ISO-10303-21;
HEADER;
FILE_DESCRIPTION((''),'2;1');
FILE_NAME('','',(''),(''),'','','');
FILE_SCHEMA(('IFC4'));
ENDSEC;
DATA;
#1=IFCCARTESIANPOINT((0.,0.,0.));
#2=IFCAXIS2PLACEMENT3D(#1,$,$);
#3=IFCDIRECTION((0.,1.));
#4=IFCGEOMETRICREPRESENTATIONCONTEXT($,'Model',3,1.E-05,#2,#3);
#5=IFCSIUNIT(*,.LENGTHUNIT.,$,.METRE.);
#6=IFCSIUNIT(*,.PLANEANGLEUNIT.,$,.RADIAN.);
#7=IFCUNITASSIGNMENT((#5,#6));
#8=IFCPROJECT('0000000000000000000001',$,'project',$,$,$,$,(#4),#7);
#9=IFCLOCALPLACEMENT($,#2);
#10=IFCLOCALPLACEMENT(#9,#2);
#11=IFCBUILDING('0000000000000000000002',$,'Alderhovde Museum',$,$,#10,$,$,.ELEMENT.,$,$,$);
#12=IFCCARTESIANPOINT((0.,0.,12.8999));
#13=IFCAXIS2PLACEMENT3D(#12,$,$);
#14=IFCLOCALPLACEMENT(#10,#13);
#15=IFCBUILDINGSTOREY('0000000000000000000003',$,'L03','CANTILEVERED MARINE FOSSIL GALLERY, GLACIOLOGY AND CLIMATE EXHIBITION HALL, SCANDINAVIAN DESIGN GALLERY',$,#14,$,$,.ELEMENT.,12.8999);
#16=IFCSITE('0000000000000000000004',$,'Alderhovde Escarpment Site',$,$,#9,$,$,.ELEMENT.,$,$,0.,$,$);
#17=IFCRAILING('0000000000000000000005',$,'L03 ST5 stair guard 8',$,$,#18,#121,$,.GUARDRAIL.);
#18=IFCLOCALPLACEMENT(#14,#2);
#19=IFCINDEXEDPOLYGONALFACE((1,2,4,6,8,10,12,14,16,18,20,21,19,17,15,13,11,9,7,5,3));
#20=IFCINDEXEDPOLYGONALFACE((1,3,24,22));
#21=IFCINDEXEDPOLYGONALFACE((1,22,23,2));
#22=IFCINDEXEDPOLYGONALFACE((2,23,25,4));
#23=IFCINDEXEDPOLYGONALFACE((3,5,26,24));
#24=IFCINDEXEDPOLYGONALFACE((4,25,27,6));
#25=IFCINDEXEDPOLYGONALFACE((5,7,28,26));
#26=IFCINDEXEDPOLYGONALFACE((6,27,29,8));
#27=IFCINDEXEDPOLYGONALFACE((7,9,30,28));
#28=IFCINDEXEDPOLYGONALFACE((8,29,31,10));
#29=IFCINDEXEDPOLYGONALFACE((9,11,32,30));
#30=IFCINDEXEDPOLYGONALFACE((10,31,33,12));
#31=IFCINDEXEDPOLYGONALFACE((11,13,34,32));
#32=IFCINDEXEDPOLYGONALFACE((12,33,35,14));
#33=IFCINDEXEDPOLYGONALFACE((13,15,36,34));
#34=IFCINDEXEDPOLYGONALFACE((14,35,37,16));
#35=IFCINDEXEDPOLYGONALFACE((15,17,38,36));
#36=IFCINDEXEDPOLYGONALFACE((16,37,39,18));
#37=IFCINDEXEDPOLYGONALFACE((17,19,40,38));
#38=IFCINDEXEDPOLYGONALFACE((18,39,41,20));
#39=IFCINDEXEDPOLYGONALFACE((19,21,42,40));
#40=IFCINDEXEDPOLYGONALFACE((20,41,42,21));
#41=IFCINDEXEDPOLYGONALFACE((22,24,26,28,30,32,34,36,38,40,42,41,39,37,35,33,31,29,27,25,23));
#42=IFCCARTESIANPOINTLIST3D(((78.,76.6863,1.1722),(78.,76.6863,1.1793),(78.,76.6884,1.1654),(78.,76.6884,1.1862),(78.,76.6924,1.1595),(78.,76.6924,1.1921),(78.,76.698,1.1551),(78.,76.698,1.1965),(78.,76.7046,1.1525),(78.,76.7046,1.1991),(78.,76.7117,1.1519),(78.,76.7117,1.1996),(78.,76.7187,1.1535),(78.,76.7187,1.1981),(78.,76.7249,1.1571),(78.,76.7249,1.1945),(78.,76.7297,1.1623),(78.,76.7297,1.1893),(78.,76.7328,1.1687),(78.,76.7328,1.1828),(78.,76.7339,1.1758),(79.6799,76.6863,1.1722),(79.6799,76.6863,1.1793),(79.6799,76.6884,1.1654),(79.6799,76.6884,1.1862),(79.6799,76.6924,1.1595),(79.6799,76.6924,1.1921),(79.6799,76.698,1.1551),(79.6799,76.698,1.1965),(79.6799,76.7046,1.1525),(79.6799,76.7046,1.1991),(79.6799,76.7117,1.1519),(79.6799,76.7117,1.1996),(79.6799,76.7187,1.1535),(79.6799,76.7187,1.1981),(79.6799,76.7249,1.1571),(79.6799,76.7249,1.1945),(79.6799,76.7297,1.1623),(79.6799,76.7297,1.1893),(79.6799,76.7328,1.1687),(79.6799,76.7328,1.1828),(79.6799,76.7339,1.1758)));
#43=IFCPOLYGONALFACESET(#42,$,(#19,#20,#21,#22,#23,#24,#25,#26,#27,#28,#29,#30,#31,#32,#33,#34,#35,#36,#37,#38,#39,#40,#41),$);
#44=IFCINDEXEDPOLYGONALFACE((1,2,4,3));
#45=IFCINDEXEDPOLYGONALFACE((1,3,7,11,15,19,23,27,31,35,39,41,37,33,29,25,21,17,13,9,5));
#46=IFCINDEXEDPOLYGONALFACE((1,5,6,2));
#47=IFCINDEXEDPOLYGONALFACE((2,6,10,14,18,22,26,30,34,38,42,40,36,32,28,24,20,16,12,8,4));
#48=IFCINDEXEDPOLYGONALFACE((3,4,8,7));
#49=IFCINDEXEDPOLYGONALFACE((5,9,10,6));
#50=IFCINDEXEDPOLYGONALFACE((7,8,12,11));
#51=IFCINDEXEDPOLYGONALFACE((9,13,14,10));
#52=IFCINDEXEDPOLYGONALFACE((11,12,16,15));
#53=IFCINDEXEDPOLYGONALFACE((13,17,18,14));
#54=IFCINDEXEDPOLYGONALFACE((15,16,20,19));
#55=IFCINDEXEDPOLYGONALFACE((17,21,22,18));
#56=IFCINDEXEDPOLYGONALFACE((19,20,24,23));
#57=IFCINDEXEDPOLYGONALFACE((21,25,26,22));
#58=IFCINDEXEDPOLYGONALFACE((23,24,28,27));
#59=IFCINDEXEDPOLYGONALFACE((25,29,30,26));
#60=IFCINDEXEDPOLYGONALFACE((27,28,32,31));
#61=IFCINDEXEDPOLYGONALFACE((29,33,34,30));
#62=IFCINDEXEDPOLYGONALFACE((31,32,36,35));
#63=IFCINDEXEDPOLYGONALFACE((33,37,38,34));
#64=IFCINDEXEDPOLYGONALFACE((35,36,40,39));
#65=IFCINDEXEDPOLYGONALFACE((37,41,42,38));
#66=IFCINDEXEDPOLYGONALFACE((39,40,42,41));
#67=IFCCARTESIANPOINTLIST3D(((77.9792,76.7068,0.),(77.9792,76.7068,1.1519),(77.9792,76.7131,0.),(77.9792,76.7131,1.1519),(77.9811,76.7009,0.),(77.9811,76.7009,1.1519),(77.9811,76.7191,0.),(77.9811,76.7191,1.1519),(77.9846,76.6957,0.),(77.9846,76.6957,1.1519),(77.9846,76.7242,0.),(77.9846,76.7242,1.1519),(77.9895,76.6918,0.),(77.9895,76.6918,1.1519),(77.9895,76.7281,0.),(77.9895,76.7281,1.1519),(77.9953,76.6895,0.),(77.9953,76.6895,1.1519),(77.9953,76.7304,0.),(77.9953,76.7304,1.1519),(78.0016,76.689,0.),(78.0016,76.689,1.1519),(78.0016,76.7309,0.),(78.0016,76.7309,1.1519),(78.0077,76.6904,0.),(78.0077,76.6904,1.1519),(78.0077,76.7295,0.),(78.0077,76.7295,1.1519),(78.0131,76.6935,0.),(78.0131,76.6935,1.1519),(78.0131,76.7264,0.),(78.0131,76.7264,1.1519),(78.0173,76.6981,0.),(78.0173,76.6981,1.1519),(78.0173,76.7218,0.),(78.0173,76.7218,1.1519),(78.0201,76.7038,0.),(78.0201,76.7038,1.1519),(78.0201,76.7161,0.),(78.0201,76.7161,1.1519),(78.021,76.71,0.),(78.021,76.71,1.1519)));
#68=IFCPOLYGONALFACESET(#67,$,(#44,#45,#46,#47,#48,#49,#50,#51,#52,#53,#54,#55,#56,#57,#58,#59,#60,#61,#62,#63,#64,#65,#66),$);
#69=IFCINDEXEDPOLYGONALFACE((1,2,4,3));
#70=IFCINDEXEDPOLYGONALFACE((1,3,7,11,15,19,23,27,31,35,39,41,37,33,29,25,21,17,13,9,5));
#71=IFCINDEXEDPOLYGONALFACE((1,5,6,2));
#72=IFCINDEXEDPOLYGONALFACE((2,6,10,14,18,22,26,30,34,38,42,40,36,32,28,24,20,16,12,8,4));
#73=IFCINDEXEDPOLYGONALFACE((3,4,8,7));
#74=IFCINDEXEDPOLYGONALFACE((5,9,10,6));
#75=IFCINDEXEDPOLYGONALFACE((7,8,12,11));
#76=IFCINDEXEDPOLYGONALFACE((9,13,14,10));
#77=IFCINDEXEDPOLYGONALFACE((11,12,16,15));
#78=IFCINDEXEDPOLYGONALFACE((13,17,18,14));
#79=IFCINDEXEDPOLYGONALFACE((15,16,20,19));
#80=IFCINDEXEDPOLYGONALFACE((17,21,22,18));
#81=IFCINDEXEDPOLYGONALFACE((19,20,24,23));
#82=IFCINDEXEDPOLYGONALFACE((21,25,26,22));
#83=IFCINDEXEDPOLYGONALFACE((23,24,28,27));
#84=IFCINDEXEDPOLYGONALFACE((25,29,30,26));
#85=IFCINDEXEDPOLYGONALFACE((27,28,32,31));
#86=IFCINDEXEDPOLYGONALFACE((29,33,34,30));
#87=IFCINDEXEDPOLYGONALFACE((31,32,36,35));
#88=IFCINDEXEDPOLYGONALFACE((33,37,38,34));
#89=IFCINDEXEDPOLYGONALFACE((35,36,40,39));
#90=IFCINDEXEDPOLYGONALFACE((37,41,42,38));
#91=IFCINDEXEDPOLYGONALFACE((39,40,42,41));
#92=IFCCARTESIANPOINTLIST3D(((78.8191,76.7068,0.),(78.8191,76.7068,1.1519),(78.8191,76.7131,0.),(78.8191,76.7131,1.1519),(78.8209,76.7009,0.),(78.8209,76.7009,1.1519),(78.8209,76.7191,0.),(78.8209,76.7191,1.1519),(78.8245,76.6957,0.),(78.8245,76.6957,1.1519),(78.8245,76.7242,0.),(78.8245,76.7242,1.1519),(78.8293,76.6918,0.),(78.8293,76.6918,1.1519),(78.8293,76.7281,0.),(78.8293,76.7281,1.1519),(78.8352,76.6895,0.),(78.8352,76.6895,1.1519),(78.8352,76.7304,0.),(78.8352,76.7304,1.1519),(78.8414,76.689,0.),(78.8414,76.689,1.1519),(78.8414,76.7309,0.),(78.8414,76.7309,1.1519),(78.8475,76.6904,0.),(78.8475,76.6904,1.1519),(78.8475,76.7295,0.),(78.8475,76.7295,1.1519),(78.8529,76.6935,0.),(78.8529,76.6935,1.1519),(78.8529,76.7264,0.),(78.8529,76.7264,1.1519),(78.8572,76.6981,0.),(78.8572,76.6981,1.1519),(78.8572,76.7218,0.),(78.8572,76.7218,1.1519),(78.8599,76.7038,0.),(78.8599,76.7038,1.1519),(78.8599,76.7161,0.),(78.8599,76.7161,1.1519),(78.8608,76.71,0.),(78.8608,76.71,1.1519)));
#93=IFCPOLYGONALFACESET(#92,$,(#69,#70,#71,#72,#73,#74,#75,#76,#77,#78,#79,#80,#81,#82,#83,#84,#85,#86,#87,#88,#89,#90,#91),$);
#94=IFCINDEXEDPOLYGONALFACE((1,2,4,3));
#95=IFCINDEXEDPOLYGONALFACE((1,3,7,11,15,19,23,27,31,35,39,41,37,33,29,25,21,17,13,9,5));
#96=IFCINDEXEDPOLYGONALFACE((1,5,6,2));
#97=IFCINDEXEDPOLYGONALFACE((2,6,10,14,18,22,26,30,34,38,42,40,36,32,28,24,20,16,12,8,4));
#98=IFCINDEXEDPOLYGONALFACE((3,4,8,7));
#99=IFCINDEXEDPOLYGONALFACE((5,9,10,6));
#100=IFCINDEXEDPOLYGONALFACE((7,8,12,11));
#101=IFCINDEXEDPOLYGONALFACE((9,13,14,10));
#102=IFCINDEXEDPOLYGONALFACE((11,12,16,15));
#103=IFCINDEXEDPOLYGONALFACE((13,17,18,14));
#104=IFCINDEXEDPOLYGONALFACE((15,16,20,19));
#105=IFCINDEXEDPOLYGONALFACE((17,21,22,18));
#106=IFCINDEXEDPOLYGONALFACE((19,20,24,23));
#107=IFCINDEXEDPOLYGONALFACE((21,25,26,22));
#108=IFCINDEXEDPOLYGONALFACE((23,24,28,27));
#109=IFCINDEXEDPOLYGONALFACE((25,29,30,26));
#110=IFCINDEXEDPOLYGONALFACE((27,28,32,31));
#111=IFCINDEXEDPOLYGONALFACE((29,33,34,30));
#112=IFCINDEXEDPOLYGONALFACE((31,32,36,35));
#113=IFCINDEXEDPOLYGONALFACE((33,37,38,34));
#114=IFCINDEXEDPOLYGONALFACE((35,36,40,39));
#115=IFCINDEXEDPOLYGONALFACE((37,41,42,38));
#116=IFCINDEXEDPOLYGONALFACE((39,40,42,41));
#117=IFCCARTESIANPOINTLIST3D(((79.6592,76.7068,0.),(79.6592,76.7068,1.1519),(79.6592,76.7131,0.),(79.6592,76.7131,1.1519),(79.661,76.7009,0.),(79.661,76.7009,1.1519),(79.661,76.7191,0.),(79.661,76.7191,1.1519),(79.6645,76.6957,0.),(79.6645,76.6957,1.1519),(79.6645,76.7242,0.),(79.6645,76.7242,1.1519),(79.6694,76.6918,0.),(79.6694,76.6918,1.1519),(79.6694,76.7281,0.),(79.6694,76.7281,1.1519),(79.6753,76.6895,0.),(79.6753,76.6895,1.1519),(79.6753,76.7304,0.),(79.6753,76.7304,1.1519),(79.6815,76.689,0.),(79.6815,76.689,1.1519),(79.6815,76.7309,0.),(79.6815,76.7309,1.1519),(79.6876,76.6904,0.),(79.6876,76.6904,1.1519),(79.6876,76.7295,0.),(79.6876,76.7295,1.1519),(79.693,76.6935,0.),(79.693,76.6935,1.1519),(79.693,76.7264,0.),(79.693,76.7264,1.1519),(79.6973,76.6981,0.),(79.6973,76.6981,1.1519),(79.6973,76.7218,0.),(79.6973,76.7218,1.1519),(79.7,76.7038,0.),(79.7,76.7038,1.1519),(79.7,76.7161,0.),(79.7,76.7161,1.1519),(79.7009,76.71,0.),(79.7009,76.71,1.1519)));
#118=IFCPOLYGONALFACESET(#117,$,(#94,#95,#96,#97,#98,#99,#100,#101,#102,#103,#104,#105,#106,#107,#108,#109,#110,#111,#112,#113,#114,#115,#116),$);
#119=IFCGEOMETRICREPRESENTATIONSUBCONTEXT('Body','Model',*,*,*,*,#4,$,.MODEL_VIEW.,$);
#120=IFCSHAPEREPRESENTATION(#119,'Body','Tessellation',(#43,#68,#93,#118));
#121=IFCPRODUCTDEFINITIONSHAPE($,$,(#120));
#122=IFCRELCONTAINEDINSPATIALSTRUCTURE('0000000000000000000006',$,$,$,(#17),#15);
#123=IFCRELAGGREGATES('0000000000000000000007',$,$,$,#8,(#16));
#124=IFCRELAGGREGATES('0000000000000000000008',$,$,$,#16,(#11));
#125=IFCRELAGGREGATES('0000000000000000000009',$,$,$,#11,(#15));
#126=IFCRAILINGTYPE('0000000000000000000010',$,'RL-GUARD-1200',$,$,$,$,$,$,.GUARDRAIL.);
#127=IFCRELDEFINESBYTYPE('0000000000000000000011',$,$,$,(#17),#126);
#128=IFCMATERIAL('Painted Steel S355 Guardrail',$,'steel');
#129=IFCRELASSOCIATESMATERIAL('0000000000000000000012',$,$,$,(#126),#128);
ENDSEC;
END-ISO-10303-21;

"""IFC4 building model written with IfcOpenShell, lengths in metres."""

from ifc_helpers import new_model, si_unit, direction, frame, origin, origin_2d, place, context, subcontext, project, spatial, circle, extrude, material, type_object, element, save


model = new_model("IFC4")

# Units and contexts
model_context = context("Model", 3, precision=1e-05, world=origin(), true_north=direction((0.0, 1.0)))
body_context = subcontext(model_context, "Body", "Model", "MODEL_VIEW")
ifc_project = project(units=[si_unit("LENGTHUNIT", "METRE"), si_unit("PLANEANGLEUNIT", "RADIAN")], contexts=[model_context])

# Site, building, storey
site_placement = place(None, origin())
site = spatial("IfcSite", under=ifc_project, at=site_placement, Name="Alderhovde Escarpment Site", CompositionType="ELEMENT", RefElevation=0.0)
building_placement = place(site_placement, origin())
building = spatial("IfcBuilding", under=site, at=building_placement, Name="Alderhovde Museum", CompositionType="ELEMENT")
storey_placement = place(building_placement, frame((0.0, 0.0, 12.8999)))
storey = spatial("IfcBuildingStorey", under=building, at=storey_placement, Name="L03", Description="CANTILEVERED MARINE FOSSIL GALLERY, GLACIOLOGY AND CLIMATE EXHIBITION HALL, SCANDINAVIAN DESIGN GALLERY", CompositionType="ELEMENT", Elevation=12.8999)

# Railing
ifc_material_1 = material(Name="Painted Steel S355 Guardrail", Category="steel")
railing_type_1 = type_object("IfcRailingType", Name="RL-GUARD-1200", PredefinedType="GUARDRAIL", material=ifc_material_1)
for number, where, name in (
    (1, (78.0, 76.71, 0.0), "L03 ST5 stair guard 8"),
):
    element("IfcRailing", number, at=place(storey_placement, frame(where)), inside=storey, type_object=railing_type_1, Name=name, PredefinedType="GUARDRAIL", context=body_context, shape_type="SweptSolid", body=[
        extrude(circle(Radius=0.0239, at=origin_2d()), frame((0.0, 0.0, 1.1758), z_axis=(1.0, 0.0, 0.0), x_axis=(0.0, 1.0, 0.0)), (0.0, 0.0, 1.0), 1.6799),
        extrude(circle(Radius=0.021, at=origin_2d()), origin(), (0.0, 0.0, 1.0), 1.1519),
        extrude(circle(Radius=0.021, at=origin_2d()), frame((0.8398, 0.0, 0.0)), (0.0, 0.0, 1.0), 1.1519),
        extrude(circle(Radius=0.021, at=origin_2d()), frame((1.6799, 0.0, 0.0)), (0.0, 0.0, 1.0), 1.1519),
    ])

save(model, "model.ifc")
